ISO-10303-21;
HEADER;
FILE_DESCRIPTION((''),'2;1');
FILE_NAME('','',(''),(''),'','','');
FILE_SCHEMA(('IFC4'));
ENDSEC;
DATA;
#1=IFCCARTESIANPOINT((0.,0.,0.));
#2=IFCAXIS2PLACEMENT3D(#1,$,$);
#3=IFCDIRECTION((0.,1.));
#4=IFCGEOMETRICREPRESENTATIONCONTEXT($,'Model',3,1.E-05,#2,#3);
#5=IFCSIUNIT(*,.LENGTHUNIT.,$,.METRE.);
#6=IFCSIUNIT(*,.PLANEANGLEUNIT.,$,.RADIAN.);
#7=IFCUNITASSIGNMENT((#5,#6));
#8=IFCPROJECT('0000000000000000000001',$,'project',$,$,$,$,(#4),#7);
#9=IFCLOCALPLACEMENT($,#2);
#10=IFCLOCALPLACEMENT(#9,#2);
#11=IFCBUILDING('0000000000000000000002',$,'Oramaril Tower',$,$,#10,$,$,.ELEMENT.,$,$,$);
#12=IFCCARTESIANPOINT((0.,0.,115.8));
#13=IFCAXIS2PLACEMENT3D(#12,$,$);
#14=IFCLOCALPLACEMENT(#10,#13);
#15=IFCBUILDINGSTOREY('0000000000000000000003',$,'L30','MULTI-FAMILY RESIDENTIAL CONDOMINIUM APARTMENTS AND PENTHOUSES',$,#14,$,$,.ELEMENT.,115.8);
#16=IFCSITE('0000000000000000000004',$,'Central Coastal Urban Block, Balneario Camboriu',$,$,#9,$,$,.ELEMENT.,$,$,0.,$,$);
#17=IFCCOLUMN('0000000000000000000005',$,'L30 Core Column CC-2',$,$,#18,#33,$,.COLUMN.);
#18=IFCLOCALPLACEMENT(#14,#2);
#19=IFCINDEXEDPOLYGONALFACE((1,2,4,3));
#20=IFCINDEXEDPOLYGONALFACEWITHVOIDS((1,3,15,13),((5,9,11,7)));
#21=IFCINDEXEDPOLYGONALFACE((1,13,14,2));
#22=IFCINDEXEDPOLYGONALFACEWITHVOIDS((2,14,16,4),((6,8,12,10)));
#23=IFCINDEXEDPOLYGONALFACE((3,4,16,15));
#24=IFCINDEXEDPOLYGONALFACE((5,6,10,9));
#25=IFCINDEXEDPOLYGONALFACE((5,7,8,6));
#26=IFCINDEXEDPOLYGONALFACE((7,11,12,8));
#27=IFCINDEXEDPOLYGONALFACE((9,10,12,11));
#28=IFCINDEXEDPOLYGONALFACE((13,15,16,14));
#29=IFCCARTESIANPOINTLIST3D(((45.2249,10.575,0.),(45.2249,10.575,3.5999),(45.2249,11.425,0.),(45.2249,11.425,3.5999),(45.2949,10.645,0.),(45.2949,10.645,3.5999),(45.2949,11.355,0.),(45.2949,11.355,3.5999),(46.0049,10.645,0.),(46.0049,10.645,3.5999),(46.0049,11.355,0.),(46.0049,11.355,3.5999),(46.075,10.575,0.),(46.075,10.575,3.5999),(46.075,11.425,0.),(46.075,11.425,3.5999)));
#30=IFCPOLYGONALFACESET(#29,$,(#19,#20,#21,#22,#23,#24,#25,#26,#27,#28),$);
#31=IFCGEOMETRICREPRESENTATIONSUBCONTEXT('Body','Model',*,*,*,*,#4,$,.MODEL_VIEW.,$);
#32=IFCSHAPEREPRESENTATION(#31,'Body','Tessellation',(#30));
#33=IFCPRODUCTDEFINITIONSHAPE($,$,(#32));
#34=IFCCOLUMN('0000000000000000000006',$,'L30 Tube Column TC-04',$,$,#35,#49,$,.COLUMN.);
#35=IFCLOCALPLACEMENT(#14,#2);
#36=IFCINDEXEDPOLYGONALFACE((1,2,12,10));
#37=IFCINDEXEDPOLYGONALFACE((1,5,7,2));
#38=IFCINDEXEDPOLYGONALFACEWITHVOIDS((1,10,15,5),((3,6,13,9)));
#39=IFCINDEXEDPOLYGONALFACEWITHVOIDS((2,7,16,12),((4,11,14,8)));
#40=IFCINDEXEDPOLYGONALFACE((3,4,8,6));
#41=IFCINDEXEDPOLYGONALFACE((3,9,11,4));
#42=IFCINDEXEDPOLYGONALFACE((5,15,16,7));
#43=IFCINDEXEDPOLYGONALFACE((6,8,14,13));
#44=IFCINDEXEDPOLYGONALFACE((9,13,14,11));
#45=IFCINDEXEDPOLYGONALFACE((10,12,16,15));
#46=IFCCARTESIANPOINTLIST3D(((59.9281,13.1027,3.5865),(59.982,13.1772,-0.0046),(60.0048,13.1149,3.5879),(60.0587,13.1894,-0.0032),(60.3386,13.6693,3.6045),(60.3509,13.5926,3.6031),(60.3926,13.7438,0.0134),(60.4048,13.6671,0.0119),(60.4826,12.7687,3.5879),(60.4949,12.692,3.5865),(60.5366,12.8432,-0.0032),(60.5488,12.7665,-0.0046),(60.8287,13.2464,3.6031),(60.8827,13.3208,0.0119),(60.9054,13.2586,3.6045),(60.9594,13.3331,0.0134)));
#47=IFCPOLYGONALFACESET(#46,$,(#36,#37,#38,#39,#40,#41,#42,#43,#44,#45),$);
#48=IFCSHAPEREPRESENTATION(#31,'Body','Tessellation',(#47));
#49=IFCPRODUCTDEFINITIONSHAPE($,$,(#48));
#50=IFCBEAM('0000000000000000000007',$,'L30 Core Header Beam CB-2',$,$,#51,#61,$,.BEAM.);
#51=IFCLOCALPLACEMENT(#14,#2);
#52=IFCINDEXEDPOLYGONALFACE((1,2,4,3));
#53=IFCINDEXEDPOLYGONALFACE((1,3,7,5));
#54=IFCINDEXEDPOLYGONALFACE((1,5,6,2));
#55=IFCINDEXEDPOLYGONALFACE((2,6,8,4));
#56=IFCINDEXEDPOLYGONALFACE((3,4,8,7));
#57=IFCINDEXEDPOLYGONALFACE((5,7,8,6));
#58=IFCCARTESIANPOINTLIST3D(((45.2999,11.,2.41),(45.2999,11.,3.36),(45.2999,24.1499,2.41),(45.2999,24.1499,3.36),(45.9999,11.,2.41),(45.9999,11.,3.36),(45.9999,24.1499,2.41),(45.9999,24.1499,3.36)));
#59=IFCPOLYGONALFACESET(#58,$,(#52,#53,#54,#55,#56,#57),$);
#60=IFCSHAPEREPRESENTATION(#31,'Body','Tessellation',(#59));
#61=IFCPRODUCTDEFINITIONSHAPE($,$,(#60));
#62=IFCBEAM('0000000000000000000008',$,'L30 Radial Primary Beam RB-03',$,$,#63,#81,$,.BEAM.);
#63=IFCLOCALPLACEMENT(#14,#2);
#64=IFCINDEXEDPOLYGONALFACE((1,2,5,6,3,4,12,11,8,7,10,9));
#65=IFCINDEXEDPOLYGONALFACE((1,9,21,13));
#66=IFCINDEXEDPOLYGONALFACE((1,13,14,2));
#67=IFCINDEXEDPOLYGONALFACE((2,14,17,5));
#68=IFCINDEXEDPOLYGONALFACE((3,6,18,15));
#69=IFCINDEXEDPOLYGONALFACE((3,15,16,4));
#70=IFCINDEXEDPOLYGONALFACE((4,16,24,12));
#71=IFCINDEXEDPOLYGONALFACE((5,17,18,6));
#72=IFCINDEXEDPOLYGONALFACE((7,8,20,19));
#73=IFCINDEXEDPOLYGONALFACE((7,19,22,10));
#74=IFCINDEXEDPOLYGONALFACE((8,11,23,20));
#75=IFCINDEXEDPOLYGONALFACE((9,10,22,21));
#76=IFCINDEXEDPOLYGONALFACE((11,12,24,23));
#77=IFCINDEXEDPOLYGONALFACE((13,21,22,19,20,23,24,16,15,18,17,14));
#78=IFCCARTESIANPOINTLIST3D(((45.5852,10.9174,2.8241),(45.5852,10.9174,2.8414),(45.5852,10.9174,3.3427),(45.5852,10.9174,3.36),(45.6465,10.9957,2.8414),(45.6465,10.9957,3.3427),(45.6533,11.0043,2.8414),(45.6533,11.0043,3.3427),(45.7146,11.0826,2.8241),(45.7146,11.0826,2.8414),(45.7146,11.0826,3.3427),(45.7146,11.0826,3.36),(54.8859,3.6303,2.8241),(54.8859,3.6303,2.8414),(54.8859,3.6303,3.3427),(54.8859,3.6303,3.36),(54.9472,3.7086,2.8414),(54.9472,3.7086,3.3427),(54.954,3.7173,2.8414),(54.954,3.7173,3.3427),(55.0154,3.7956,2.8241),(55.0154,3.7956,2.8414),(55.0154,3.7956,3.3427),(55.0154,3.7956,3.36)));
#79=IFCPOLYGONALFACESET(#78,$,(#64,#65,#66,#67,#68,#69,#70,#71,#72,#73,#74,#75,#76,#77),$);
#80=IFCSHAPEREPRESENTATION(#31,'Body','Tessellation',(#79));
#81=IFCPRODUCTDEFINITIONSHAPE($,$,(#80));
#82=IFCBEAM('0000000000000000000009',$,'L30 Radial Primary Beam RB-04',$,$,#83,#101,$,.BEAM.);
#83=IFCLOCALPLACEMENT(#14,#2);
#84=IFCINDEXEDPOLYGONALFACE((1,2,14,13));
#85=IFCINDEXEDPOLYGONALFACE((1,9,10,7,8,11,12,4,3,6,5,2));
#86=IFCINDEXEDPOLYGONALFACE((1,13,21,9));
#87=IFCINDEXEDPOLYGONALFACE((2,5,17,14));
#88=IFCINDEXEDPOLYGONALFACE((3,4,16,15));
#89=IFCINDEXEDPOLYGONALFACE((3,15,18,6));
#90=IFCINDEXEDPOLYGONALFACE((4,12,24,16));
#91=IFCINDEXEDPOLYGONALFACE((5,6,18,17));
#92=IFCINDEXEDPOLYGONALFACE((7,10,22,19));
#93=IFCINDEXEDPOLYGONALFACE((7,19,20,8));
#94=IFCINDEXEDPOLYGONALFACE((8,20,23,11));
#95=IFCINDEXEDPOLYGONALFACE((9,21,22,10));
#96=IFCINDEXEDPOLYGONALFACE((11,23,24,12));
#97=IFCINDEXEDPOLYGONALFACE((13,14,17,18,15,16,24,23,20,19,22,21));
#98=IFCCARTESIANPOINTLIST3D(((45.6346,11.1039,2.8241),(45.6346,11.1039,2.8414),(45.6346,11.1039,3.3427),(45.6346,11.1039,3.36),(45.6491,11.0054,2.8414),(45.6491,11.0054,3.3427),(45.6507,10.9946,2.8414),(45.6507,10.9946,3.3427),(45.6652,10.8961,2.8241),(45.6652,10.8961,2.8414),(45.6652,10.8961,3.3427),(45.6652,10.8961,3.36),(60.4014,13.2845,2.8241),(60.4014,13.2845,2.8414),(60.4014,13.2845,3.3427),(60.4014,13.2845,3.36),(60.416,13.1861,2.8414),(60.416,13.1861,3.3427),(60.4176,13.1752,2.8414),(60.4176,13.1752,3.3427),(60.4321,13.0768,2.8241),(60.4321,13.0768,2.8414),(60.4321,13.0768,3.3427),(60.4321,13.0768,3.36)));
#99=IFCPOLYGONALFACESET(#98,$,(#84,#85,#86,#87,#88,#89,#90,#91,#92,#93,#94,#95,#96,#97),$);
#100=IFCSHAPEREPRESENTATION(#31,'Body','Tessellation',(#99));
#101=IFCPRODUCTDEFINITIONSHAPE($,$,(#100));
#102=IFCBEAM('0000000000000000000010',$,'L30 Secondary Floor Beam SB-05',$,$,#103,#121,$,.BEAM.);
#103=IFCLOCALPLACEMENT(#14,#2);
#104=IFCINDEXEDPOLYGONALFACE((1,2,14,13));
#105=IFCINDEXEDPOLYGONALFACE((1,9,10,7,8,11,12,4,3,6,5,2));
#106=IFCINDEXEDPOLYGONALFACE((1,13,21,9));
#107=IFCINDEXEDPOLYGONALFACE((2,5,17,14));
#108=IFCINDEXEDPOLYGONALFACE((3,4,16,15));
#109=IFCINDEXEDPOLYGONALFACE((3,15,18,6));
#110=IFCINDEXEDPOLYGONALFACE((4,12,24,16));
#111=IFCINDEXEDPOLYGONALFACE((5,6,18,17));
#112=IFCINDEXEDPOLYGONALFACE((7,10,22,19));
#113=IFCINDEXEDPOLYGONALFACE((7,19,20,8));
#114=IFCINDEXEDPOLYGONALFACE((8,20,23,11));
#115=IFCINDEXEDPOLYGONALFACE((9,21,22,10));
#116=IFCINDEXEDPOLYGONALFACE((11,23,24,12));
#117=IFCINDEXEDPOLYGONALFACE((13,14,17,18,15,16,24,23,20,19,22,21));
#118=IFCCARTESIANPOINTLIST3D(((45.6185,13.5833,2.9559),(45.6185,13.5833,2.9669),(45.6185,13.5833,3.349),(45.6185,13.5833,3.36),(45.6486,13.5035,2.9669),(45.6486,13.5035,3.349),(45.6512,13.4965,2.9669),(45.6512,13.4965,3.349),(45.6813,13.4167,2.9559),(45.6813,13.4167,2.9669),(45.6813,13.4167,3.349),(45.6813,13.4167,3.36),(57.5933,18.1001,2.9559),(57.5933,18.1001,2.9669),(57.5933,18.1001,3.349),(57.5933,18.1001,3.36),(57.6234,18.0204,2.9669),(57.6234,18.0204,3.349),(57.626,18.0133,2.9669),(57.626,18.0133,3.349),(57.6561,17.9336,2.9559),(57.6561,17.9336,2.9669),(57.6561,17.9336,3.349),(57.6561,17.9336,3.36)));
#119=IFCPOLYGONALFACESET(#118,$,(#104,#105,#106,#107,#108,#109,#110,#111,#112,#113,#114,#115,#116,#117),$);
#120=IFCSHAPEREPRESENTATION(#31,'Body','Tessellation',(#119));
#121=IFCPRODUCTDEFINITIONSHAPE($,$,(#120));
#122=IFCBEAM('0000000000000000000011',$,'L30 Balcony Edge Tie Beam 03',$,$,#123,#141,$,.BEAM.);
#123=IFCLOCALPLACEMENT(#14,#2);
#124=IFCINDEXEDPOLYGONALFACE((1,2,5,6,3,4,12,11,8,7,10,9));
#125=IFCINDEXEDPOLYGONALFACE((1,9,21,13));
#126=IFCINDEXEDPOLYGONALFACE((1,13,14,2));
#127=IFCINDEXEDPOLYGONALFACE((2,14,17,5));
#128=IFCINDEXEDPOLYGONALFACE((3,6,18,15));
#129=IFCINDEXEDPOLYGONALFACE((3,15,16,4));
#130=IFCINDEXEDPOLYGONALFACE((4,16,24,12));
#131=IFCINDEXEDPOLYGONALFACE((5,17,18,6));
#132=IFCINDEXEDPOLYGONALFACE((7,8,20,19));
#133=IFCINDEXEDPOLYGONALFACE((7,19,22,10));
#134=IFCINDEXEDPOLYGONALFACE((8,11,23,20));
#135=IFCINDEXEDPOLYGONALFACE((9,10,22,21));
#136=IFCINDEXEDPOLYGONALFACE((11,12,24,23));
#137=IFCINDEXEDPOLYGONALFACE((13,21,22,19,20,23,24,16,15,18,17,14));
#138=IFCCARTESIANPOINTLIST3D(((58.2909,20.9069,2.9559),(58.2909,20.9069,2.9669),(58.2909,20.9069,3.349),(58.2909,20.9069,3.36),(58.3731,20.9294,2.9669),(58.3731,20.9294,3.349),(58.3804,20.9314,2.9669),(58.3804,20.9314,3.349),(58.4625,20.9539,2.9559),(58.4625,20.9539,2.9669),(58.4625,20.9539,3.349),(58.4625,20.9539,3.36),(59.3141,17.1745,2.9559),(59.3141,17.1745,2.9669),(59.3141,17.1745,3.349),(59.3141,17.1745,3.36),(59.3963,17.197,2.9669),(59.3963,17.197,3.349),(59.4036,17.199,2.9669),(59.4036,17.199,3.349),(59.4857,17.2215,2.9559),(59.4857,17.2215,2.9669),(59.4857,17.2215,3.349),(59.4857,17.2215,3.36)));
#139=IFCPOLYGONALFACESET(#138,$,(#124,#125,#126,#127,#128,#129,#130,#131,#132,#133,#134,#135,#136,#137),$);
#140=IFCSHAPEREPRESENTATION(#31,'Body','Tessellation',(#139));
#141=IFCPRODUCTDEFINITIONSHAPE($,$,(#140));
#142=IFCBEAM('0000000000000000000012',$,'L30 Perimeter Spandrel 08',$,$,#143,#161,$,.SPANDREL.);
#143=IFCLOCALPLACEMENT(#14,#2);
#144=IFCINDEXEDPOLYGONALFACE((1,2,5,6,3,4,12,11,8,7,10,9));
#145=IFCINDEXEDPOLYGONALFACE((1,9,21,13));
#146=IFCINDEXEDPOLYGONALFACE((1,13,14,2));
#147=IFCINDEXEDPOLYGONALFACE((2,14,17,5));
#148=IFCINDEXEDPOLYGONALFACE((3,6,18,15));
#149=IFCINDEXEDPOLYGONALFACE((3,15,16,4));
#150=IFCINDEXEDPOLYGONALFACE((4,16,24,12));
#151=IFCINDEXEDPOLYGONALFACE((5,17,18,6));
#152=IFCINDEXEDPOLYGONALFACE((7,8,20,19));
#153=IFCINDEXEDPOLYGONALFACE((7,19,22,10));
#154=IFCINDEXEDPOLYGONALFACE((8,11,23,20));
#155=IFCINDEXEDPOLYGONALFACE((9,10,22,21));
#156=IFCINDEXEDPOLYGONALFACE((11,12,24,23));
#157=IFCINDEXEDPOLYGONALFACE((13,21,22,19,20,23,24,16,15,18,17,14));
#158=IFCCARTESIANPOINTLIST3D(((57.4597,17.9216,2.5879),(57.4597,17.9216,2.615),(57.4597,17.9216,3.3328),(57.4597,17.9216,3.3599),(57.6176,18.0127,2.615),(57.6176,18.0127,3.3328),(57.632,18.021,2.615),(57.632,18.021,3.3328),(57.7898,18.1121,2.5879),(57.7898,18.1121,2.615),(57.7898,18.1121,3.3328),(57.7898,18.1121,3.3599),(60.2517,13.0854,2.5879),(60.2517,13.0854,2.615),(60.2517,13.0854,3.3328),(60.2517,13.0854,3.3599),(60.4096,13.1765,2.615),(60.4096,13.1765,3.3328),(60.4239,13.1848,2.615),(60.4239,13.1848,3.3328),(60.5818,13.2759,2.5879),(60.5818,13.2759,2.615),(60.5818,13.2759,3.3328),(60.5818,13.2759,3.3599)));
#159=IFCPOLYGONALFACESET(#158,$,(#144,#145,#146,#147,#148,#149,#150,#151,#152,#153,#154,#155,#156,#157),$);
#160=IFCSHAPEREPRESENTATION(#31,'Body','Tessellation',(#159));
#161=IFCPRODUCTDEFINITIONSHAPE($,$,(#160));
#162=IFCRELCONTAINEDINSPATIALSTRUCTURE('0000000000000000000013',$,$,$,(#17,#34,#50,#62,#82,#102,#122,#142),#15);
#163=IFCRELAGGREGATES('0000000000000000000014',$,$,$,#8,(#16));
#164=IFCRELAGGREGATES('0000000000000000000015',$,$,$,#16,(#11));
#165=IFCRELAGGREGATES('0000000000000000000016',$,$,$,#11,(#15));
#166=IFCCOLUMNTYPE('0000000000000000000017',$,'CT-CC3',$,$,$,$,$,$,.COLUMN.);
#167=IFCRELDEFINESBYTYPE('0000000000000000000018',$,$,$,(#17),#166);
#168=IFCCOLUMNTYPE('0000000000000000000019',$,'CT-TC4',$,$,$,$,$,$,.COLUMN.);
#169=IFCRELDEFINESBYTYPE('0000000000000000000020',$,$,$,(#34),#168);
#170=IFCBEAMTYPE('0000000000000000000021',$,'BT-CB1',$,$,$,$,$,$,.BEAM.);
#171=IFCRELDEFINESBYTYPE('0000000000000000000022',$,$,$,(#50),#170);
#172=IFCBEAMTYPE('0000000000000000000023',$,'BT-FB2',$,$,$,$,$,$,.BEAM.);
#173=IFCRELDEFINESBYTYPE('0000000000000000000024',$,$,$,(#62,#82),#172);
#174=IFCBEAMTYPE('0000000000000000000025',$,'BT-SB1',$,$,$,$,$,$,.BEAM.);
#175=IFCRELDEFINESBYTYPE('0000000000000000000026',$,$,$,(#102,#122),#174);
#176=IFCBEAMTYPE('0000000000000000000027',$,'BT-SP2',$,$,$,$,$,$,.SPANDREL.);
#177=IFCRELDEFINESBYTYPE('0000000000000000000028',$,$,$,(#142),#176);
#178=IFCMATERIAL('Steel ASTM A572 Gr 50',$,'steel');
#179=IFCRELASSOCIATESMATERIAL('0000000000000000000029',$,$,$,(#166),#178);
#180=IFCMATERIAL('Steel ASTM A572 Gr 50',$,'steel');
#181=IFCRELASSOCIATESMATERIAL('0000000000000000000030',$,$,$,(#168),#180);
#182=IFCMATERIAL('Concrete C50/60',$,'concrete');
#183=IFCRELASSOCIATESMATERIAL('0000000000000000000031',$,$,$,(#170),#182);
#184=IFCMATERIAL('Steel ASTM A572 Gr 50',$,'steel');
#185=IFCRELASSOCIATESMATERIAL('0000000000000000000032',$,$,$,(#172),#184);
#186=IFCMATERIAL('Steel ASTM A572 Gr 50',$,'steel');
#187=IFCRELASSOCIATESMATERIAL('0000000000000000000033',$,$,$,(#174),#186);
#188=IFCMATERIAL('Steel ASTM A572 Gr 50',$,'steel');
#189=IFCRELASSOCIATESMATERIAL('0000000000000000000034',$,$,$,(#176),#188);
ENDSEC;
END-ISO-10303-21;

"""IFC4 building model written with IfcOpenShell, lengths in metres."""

from ifc_helpers import new_model, si_unit, direction, frame, origin, origin_2d, place, context, subcontext, project, spatial, rectangle, hollow_rectangle, i_section, extrude, material, material_profile, profile_set, type_object, element, save


model = new_model("IFC4")

# Units and contexts
model_context = context("Model", 3, precision=1e-05, world=origin(), true_north=direction((0.0, 1.0)))
body_context = subcontext(model_context, "Body", "Model", "MODEL_VIEW")
ifc_project = project(units=[si_unit("LENGTHUNIT", "METRE"), si_unit("PLANEANGLEUNIT", "RADIAN")], contexts=[model_context])

# Site, building, storey
site_placement = place(None, origin())
site = spatial("IfcSite", under=ifc_project, at=site_placement, Name="Central Coastal Urban Block, Balneario Camboriu", CompositionType="ELEMENT", RefElevation=0.0)
building_placement = place(site_placement, origin())
building = spatial("IfcBuilding", under=site, at=building_placement, Name="Oramaril Tower", CompositionType="ELEMENT")
storey_placement = place(building_placement, frame((0.0, 0.0, 115.8)))
storey = spatial("IfcBuildingStorey", under=building, at=storey_placement, Name="L30", Description="MULTI-FAMILY RESIDENTIAL CONDOMINIUM APARTMENTS AND PENTHOUSES", CompositionType="ELEMENT", Elevation=115.8)

# Columns
ifc_material_1 = material(Name="Steel ASTM A572 Gr 50", Category="steel")
ifc_material_profile_1 = material_profile(ifc_material_1, hollow_rectangle(XDim=0.8501, YDim=0.8501, WallThickness=0.0701, at=origin_2d()), Name="BOX850X850X70")
ifc_profile_set_1 = profile_set([ifc_material_profile_1], Name="Steel ASTM A572 Gr 50")
column_type_1 = type_object("IfcColumnType", Name="CT-CC3", PredefinedType="COLUMN", material=ifc_profile_set_1)
column_1_placement = place(storey_placement, frame((45.6499, 11.0, 0.0), z_axis=(0.0, 0.0, 1.0), x_axis=(1.0, 0.0, 0.0)))
element("IfcColumn", 1, at=column_1_placement, inside=storey, type_object=column_type_1, Name="L30 Core Column CC-2", PredefinedType="COLUMN", context=body_context, shape_type="SweptSolid", body=[
    extrude(hollow_rectangle(XDim=0.8501, YDim=0.8501, WallThickness=0.0701, at=origin_2d()), origin(), (0.0, 0.0, 1.0), 3.5999),
])
ifc_material_2 = material(Name="Steel ASTM A572 Gr 50", Category="steel")
ifc_material_profile_2 = material_profile(ifc_material_2, hollow_rectangle(XDim=0.7, YDim=0.7, WallThickness=0.0549, at=origin_2d()), Name="BOX700X700X55")
ifc_profile_set_2 = profile_set([ifc_material_profile_2], Name="Steel ASTM A572 Gr 50")
column_type_2 = type_object("IfcColumnType", Name="CT-TC4", PredefinedType="COLUMN", material=ifc_profile_set_2)
column_2_placement = place(storey_placement, frame((60.4707, 13.2551, 0.0044), z_axis=(-0.01502, -0.020729, 0.999672), x_axis=(0.809768, -0.58675, 0.0)))
element("IfcColumn", 2, at=column_2_placement, inside=storey, type_object=column_type_2, Name="L30 Tube Column TC-04", PredefinedType="COLUMN", context=body_context, shape_type="SweptSolid", body=[
    extrude(hollow_rectangle(XDim=0.7, YDim=0.7, WallThickness=0.0549, at=origin_2d()), origin(), (0.0, 0.0, 1.0), 3.5923),
])

# Beams
ifc_material_3 = material(Name="Concrete C50/60", Category="concrete")
ifc_material_profile_3 = material_profile(ifc_material_3, rectangle(XDim=0.7, YDim=0.95, at=origin_2d()), Name="CB700X950")
ifc_profile_set_3 = profile_set([ifc_material_profile_3], Name="Concrete C50/60")
beam_type_1 = type_object("IfcBeamType", Name="BT-CB1", PredefinedType="BEAM", material=ifc_profile_set_3)
beam_1_placement = place(storey_placement, frame((45.6499, 11.0, 2.885), z_axis=(0.0, 1.0, 0.0), x_axis=(-1.0, 0.0, 0.0)))
element("IfcBeam", 3, at=beam_1_placement, inside=storey, type_object=beam_type_1, Name="L30 Core Header Beam CB-2", PredefinedType="BEAM", context=body_context, shape_type="SweptSolid", body=[
    extrude(rectangle(XDim=0.7, YDim=0.95, at=origin_2d()), origin(), (0.0, 0.0, 1.0), 13.1499),
])
ifc_material_4 = material(Name="Steel ASTM A572 Gr 50", Category="steel")
ifc_material_profile_4 = material_profile(ifc_material_4, i_section(OverallWidth=0.21, OverallDepth=0.5359, WebThickness=0.011, FlangeThickness=0.0173, at=origin_2d()), Name="W21X68")
ifc_profile_set_4 = profile_set([ifc_material_profile_4], Name="Steel ASTM A572 Gr 50")
beam_type_2 = type_object("IfcBeamType", Name="BT-FB2", PredefinedType="BEAM", material=ifc_profile_set_4)
beam_2_placement = place(storey_placement, frame((45.6499, 11.0, 3.092), z_axis=(0.787167, -0.616741, 0.0), x_axis=(0.616741, 0.787167, 0.0)))
element("IfcBeam", 4, at=beam_2_placement, inside=storey, type_object=beam_type_2, Name="L30 Radial Primary Beam RB-03", PredefinedType="BEAM", context=body_context, shape_type="SweptSolid", body=[
    extrude(i_section(OverallWidth=0.21, OverallDepth=0.5359, WebThickness=0.011, FlangeThickness=0.0173, at=origin_2d()), origin(), (0.0, 0.0, 1.0), 11.8154),
])
beam_3_placement = place(storey_placement, frame((45.6499, 11.0, 3.092), z_axis=(0.989272, 0.146089, 0.0), x_axis=(-0.146089, 0.989272, 0.0)))
element("IfcBeam", 5, at=beam_3_placement, inside=storey, type_object=beam_type_2, Name="L30 Radial Primary Beam RB-04", PredefinedType="BEAM", context=body_context, shape_type="SweptSolid", body=[
    extrude(i_section(OverallWidth=0.21, OverallDepth=0.5359, WebThickness=0.011, FlangeThickness=0.0173, at=origin_2d()), origin(), (0.0, 0.0, 1.0), 14.927),
])
ifc_material_5 = material(Name="Steel ASTM A572 Gr 50", Category="steel")
ifc_material_profile_5 = material_profile(ifc_material_5, i_section(OverallWidth=0.178, OverallDepth=0.4041, WebThickness=0.0076, FlangeThickness=0.011, at=origin_2d()), Name="W16X36")
ifc_profile_set_5 = profile_set([ifc_material_profile_5], Name="Steel ASTM A572 Gr 50")
beam_type_3 = type_object("IfcBeamType", Name="BT-SB1", PredefinedType="BEAM", material=ifc_profile_set_5)
beam_4_placement = place(storey_placement, frame((45.6499, 13.5, 3.158), z_axis=(0.935652, 0.352923, 0.0), x_axis=(-0.352923, 0.935652, 0.0)))
element("IfcBeam", 6, at=beam_4_placement, inside=storey, type_object=beam_type_3, Name="L30 Secondary Floor Beam SB-05", PredefinedType="BEAM", context=body_context, shape_type="SweptSolid", body=[
    extrude(i_section(OverallWidth=0.178, OverallDepth=0.4041, WebThickness=0.0076, FlangeThickness=0.011, at=origin_2d()), origin(), (0.0, 0.0, 1.0), 12.7983),
])
beam_5_placement = place(storey_placement, frame((59.3999, 17.198, 3.158), z_axis=(-0.264382, 0.964418, 0.0), x_axis=(-0.964418, -0.264382, 0.0)))
element("IfcBeam", 7, at=beam_5_placement, inside=storey, type_object=beam_type_3, Name="L30 Balcony Edge Tie Beam 03", PredefinedType="BEAM", context=body_context, shape_type="SweptSolid", body=[
    extrude(i_section(OverallWidth=0.178, OverallDepth=0.4041, WebThickness=0.0076, FlangeThickness=0.011, at=origin_2d()), origin(), (0.0, 0.0, 1.0), 3.8701),
])
ifc_material_6 = material(Name="Steel ASTM A572 Gr 50", Category="steel")
ifc_material_profile_6 = material_profile(ifc_material_6, i_section(OverallWidth=0.3811, OverallDepth=0.772, WebThickness=0.0166, FlangeThickness=0.0271, at=origin_2d()), Name="W30X173")
ifc_profile_set_6 = profile_set([ifc_material_profile_6], Name="Steel ASTM A572 Gr 50")
beam_type_4 = type_object("IfcBeamType", Name="BT-SP2", PredefinedType="SPANDREL", material=ifc_profile_set_6)
beam_6_placement = place(storey_placement, frame((60.4167, 13.1807, 2.9739), z_axis=(-0.499976, 0.866039, 0.0), x_axis=(-0.866039, -0.499976, 0.0)))
element("IfcBeam", 8, at=beam_6_placement, inside=storey, type_object=beam_type_4, Name="L30 Perimeter Spandrel 08", PredefinedType="SPANDREL", context=body_context, shape_type="SweptSolid", body=[
    extrude(i_section(OverallWidth=0.3811, OverallDepth=0.772, WebThickness=0.0166, FlangeThickness=0.0271, at=origin_2d()), origin(), (0.0, 0.0, 1.0), 5.5842),
])

save(model, "model.ifc")
